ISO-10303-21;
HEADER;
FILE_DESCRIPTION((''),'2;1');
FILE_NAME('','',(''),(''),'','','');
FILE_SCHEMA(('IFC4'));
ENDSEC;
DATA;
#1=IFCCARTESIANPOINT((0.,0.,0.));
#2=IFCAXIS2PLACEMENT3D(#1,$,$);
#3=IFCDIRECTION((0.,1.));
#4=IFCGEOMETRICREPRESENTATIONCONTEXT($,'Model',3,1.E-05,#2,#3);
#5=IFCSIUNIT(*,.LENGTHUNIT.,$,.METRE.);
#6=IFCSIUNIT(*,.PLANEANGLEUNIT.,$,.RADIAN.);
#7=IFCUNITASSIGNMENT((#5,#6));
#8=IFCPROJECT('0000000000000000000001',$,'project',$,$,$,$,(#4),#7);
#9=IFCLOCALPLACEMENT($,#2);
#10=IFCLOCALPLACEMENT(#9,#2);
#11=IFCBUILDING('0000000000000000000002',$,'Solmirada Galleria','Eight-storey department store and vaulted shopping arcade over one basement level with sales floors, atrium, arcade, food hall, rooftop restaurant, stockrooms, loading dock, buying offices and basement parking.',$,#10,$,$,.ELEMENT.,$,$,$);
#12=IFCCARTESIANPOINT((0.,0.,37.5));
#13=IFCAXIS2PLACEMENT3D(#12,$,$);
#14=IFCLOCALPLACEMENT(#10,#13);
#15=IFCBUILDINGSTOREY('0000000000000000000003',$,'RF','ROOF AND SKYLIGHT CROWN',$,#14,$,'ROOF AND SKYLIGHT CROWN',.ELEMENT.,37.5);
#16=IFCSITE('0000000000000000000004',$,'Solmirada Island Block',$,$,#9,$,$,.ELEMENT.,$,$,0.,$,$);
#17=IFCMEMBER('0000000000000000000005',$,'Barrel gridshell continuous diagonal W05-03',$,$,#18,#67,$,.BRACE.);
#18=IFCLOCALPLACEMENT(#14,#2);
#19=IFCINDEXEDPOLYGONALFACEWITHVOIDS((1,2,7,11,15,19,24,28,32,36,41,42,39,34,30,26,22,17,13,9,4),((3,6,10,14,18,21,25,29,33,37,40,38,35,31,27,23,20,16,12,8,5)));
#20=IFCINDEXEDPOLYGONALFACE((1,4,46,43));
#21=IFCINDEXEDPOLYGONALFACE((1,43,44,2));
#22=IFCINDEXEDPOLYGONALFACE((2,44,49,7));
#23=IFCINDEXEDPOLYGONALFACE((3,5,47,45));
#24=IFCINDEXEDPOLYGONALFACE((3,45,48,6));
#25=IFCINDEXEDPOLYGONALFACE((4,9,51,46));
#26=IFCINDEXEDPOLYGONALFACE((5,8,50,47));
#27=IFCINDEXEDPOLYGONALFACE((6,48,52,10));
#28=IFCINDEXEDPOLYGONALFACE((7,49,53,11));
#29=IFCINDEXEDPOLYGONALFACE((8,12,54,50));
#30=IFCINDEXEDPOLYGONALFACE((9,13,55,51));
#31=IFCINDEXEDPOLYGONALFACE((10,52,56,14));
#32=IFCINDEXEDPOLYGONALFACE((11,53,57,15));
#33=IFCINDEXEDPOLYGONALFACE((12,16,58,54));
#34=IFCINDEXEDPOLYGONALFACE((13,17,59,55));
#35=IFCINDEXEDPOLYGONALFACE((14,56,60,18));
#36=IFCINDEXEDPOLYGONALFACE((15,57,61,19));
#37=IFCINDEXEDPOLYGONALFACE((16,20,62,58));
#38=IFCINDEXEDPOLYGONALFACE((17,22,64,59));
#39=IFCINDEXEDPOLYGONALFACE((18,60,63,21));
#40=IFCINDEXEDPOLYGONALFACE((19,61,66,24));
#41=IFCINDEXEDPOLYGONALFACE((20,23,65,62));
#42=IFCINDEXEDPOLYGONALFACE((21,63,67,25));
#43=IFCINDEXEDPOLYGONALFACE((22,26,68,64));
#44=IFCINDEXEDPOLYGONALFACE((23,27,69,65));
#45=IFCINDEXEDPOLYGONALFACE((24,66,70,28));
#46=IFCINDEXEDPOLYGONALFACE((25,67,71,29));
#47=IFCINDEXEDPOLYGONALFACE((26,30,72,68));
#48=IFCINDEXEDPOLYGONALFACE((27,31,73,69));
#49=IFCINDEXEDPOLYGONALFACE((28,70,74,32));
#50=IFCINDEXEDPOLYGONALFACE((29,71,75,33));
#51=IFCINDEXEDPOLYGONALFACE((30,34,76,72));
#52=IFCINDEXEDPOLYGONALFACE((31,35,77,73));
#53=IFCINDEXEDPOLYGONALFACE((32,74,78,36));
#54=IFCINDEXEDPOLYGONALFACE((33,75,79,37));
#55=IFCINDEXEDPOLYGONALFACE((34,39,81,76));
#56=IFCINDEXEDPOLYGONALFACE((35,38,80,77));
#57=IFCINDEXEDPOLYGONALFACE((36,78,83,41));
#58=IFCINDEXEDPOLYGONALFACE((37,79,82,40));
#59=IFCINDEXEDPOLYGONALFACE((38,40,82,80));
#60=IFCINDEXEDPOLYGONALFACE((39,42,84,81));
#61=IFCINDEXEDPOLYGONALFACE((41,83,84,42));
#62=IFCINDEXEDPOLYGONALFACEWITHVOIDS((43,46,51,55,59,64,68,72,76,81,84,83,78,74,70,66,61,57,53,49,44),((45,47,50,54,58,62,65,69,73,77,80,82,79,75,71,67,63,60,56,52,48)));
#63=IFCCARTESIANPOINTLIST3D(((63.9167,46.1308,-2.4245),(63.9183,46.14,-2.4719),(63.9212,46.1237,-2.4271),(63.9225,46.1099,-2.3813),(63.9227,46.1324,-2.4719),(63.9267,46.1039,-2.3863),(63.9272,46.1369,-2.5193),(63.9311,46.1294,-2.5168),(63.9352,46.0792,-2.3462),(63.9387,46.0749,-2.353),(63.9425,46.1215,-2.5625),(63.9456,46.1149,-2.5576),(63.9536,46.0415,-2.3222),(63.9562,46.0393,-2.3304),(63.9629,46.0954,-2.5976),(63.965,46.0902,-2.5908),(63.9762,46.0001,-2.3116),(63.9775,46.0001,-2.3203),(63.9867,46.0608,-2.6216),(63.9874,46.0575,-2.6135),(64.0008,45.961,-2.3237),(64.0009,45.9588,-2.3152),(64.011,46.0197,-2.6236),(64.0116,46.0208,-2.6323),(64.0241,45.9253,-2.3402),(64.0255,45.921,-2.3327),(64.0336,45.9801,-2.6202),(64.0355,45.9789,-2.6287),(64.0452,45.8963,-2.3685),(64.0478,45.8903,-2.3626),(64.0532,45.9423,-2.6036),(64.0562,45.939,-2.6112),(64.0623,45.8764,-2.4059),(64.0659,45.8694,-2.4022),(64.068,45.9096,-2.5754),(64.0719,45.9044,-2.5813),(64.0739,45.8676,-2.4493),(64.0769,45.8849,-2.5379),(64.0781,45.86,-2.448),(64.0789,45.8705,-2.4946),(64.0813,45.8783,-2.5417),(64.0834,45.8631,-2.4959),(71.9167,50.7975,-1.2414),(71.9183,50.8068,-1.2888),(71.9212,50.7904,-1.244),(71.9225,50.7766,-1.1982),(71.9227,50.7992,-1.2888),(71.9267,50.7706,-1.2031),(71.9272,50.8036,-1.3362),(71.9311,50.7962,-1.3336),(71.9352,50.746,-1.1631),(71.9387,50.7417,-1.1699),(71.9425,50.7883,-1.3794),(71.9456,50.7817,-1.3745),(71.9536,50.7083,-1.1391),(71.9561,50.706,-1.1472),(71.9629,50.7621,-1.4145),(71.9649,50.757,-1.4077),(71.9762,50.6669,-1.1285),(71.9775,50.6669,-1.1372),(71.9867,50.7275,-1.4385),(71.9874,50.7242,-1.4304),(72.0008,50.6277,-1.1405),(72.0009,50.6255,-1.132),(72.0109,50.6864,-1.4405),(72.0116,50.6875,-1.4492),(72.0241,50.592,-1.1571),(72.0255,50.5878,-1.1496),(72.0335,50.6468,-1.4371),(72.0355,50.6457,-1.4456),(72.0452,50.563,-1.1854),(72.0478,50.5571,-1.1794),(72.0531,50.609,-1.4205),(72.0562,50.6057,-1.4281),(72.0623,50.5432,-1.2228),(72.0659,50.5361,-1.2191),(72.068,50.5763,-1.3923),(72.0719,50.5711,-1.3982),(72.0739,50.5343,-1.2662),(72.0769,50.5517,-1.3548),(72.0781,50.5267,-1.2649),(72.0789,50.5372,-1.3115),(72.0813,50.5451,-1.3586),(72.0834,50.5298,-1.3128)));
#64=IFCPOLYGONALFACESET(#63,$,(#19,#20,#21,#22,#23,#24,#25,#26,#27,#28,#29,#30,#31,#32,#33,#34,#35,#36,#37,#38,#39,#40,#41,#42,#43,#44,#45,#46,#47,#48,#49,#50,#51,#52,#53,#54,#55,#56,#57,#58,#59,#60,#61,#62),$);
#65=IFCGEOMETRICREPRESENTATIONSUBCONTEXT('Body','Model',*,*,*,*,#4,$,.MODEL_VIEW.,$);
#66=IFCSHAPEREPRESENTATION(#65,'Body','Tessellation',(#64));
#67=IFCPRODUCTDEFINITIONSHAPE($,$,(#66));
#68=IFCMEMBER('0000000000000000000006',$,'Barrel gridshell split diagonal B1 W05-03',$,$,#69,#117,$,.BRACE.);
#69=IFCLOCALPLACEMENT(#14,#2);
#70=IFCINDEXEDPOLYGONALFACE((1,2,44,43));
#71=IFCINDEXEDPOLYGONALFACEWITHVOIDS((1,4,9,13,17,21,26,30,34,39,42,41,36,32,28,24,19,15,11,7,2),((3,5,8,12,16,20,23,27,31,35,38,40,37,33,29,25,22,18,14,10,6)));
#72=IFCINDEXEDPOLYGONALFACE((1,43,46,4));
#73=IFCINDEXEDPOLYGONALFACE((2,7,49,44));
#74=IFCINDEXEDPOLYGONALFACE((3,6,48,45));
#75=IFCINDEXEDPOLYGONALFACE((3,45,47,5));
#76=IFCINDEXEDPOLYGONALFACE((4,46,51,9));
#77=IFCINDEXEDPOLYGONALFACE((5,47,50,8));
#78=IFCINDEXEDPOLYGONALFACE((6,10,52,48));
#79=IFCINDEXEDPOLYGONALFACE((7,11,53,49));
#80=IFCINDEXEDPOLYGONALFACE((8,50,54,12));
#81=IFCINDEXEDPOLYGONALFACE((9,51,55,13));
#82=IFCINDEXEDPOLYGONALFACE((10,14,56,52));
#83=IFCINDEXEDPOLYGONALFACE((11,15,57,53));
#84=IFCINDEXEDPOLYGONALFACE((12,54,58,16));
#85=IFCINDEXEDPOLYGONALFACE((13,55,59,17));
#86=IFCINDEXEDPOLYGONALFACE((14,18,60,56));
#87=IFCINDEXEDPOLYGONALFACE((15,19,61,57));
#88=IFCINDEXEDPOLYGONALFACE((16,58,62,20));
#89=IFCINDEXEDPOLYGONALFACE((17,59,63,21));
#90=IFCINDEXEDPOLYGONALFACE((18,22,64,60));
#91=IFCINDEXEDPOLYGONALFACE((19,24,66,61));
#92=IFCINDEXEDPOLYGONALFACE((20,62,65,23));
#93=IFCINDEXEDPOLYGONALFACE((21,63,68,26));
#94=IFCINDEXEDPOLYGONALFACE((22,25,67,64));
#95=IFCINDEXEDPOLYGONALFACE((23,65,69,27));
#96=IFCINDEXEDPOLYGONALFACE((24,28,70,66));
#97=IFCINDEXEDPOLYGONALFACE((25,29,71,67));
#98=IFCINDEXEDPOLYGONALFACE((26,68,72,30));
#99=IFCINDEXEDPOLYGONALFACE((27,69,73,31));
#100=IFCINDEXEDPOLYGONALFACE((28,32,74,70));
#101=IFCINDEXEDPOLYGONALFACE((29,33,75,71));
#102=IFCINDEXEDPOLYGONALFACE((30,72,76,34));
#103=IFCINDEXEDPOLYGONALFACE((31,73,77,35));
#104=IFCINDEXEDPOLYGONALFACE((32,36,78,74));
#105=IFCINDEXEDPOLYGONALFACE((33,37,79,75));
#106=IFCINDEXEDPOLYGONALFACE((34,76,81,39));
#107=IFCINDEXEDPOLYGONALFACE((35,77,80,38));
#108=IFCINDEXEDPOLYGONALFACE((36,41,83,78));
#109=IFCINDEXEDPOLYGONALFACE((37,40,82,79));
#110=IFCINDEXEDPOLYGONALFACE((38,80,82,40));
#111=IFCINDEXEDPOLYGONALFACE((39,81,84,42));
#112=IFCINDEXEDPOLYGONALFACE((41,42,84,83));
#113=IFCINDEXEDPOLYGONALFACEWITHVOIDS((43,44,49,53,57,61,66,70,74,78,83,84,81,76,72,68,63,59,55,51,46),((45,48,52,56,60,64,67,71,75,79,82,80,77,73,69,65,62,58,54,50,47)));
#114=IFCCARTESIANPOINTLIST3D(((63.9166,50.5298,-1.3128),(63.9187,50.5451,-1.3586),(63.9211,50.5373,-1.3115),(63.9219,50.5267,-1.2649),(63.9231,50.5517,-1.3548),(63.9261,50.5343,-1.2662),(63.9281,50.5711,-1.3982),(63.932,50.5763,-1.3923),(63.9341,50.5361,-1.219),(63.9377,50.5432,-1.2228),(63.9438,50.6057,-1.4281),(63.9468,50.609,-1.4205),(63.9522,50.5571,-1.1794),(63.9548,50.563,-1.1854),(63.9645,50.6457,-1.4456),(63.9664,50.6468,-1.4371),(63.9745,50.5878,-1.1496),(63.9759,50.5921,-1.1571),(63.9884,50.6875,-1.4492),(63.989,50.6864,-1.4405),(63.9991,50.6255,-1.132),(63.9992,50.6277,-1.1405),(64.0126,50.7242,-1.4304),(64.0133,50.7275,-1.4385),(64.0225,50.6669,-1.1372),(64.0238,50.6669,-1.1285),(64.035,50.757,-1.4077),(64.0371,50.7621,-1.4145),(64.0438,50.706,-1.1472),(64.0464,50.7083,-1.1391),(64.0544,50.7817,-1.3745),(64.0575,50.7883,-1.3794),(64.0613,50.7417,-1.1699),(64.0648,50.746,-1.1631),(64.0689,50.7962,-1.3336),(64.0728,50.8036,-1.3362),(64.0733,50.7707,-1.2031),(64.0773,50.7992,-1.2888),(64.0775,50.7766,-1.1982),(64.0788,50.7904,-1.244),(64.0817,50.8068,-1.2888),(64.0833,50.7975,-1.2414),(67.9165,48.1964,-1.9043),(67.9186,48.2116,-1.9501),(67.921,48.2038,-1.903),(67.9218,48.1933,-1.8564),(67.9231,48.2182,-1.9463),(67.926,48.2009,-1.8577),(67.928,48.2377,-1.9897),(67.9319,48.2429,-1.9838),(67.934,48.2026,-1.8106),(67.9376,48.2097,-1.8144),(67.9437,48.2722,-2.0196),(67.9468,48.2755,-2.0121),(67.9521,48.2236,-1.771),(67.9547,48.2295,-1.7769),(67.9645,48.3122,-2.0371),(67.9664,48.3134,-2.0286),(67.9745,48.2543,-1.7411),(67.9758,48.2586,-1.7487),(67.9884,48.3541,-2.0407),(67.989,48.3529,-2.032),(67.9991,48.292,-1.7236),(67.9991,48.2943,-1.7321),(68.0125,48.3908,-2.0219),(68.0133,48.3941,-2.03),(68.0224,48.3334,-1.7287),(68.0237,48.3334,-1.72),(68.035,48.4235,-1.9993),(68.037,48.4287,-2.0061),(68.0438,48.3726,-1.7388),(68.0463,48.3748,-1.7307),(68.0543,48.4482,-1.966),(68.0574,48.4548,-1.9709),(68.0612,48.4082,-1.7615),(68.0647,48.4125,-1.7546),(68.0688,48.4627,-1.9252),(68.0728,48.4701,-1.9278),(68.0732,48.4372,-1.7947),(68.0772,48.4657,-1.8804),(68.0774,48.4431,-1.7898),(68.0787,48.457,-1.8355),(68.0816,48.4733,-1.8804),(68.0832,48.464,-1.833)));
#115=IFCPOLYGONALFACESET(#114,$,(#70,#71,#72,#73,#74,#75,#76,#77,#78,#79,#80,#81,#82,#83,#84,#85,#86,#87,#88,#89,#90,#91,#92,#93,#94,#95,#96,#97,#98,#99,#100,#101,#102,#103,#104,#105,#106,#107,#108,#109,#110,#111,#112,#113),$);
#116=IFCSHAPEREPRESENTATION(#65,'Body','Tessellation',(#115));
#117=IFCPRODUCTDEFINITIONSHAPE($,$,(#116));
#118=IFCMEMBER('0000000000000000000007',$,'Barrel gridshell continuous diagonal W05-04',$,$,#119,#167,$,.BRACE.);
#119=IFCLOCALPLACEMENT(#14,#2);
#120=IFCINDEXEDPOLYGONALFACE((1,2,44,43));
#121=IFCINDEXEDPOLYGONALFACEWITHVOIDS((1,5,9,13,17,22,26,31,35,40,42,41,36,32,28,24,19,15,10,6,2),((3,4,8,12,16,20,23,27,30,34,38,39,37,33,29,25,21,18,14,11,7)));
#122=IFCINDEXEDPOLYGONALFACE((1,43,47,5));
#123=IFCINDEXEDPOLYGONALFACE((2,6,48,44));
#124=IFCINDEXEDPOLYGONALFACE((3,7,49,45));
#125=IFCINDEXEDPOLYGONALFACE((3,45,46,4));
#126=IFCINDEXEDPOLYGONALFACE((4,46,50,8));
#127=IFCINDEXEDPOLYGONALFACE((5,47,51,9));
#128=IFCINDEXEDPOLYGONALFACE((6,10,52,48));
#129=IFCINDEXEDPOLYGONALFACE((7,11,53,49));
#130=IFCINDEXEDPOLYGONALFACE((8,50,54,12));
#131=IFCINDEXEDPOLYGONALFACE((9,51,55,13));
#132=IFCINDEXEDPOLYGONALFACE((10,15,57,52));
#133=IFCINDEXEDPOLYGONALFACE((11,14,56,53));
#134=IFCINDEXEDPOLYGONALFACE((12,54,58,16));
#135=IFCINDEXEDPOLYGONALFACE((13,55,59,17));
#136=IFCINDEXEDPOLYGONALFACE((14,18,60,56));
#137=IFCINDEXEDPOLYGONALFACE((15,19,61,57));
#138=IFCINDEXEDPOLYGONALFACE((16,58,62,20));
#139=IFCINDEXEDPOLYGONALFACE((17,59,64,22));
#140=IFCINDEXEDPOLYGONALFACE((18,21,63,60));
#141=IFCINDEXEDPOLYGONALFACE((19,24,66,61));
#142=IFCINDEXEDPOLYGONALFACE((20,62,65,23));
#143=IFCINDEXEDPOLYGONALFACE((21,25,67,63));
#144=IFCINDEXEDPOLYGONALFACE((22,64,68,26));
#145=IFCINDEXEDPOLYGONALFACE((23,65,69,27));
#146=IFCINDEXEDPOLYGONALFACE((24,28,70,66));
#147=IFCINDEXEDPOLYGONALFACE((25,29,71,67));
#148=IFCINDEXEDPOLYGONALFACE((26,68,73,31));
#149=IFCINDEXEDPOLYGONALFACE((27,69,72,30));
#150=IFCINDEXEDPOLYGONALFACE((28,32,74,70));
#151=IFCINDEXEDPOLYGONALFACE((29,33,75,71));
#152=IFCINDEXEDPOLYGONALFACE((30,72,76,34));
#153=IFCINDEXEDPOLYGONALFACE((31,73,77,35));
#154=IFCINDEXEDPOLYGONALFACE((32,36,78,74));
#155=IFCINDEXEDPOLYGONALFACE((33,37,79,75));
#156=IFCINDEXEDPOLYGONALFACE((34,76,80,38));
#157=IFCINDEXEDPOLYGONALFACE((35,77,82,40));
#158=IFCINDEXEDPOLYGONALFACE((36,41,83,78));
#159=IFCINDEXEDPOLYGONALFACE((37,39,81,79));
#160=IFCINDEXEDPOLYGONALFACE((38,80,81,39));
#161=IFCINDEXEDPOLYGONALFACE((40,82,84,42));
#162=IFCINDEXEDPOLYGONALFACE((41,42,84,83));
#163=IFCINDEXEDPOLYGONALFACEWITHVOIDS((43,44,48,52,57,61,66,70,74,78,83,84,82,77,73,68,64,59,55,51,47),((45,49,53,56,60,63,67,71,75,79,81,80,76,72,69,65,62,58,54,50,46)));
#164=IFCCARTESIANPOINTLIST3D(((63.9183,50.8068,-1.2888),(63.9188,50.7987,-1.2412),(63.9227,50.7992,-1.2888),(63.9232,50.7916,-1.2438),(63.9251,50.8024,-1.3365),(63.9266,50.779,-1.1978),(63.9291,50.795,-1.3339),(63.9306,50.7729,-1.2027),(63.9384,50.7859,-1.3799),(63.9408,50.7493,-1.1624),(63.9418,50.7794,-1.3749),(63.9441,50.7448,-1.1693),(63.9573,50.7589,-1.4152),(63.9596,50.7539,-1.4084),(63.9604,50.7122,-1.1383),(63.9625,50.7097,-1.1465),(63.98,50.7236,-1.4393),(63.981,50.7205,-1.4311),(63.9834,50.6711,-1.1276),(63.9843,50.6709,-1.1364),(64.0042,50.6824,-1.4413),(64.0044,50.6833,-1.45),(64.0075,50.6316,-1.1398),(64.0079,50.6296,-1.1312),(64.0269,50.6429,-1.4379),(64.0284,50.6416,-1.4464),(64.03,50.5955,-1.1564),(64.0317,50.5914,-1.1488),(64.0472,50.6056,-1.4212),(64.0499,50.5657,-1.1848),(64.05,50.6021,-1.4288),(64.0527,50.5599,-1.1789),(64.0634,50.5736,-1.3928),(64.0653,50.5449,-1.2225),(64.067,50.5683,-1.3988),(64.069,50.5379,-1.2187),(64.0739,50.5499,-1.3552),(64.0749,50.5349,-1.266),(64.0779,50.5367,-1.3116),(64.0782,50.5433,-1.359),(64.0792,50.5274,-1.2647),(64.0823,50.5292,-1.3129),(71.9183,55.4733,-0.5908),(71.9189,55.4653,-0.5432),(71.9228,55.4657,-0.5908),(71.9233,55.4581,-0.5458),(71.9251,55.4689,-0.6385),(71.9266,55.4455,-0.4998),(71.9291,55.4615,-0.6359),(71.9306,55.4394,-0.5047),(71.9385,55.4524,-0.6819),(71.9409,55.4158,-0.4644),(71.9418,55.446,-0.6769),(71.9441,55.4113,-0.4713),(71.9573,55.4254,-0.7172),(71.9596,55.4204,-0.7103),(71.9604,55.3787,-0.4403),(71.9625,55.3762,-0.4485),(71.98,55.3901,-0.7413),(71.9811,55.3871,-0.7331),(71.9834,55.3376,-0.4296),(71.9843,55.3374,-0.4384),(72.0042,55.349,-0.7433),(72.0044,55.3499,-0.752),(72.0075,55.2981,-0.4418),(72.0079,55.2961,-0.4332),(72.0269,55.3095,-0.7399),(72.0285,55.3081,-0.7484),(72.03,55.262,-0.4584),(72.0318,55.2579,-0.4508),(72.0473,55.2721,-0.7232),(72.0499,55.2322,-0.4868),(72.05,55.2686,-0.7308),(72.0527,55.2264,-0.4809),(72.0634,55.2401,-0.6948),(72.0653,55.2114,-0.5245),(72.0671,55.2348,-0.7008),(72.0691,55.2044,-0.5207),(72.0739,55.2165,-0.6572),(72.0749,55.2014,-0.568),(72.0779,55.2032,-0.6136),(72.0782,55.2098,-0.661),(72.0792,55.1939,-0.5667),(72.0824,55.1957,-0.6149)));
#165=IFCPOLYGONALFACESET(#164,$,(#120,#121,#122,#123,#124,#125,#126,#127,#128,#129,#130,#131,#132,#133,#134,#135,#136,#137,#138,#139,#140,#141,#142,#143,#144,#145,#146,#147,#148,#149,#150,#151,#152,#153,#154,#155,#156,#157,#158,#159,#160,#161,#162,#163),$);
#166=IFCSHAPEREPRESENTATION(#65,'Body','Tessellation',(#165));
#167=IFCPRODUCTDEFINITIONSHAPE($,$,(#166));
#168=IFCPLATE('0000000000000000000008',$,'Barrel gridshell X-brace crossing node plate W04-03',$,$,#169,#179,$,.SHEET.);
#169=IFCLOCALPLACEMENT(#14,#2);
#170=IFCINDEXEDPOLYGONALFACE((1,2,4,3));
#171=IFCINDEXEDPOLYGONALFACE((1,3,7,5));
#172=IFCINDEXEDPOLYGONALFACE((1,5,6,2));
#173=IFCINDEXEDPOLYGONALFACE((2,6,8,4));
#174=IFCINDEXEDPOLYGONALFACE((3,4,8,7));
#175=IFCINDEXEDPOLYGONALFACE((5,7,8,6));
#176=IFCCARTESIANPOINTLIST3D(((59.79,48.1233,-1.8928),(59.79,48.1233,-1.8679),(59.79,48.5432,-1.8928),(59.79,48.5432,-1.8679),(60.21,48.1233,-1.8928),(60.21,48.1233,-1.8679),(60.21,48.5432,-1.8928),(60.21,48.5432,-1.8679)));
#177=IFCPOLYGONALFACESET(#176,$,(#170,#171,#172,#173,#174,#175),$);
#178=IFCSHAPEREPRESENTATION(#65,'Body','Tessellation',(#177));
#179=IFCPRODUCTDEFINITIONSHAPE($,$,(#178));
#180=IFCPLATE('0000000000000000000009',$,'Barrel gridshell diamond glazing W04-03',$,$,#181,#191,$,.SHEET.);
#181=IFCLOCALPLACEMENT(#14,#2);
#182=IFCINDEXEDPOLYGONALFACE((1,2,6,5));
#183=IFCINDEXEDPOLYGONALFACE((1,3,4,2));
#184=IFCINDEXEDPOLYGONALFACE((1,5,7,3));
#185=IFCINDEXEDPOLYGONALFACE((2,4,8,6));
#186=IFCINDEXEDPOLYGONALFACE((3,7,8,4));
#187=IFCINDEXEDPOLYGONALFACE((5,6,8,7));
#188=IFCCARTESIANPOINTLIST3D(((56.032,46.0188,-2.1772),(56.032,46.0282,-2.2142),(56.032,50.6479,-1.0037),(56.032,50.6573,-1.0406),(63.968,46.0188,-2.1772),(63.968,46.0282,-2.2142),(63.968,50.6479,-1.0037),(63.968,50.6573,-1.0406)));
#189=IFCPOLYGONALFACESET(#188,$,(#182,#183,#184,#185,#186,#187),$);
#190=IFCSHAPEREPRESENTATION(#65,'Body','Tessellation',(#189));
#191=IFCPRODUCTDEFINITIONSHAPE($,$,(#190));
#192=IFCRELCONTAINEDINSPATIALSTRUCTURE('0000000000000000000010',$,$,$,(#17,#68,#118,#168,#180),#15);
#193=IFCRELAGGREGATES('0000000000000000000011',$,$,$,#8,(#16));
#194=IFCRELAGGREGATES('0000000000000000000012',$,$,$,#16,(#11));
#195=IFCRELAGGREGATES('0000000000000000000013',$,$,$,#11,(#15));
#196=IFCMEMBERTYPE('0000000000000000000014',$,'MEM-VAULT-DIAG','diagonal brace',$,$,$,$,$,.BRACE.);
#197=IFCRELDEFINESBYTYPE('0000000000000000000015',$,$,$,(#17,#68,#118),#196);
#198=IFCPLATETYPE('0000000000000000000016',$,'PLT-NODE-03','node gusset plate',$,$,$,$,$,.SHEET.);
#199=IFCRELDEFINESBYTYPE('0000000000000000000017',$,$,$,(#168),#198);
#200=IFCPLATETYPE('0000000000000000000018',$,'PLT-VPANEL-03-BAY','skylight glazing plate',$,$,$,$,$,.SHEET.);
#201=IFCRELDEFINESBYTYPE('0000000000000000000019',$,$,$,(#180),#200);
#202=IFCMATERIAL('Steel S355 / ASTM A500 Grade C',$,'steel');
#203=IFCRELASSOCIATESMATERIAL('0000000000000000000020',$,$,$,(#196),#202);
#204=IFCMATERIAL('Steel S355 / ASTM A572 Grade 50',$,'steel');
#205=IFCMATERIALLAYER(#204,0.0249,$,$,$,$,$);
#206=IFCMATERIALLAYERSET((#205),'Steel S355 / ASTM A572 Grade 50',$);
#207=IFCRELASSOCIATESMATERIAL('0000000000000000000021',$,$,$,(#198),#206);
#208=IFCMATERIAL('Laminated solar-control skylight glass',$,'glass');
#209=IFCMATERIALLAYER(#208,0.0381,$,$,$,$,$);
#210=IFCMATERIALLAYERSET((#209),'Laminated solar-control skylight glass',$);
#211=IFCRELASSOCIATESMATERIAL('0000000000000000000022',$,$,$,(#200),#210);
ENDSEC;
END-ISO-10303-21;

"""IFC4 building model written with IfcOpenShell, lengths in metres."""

from ifc_helpers import new_model, si_unit, direction, frame, origin, origin_2d, place, context, subcontext, project, spatial, polyline, rectangle, hollow_circle, outline, extrude, material, layer, layer_set, material_profile, profile_set, type_object, element, save


model = new_model("IFC4")

# Units and contexts
model_context = context("Model", 3, precision=1e-05, world=origin(), true_north=direction((0.0, 1.0)))
body_context = subcontext(model_context, "Body", "Model", "MODEL_VIEW")
ifc_project = project(units=[si_unit("LENGTHUNIT", "METRE"), si_unit("PLANEANGLEUNIT", "RADIAN")], contexts=[model_context])

# Site, building, storey
site_placement = place(None, origin())
site = spatial("IfcSite", under=ifc_project, at=site_placement, Name="Solmirada Island Block", CompositionType="ELEMENT", RefElevation=0.0)
building_placement = place(site_placement, origin())
building = spatial("IfcBuilding", under=site, at=building_placement, Name="Solmirada Galleria", Description="Eight-storey department store and vaulted shopping arcade over one basement level with sales floors, atrium, arcade, food hall, rooftop restaurant, stockrooms, loading dock, buying offices and basement parking.", CompositionType="ELEMENT")
storey_placement = place(building_placement, frame((0.0, 0.0, 37.5)))
storey = spatial("IfcBuildingStorey", under=building, at=storey_placement, Name="RF", Description="ROOF AND SKYLIGHT CROWN", LongName="ROOF AND SKYLIGHT CROWN", CompositionType="ELEMENT", Elevation=37.5)

# Members
ifc_material_1 = material(Name="Steel S355 / ASTM A500 Grade C", Category="steel")
ifc_material_profile_1 = material_profile(ifc_material_1, hollow_circle(Radius=0.1621, WallThickness=0.0088, at=origin_2d()), Name="HSS12.750X0.375")
ifc_profile_set_1 = profile_set([ifc_material_profile_1], Name="Steel S355 / ASTM A500 Grade C")
member_type_1 = type_object("IfcMemberType", Name="MEM-VAULT-DIAG", Description="diagonal brace", PredefinedType="BRACE", material=ifc_profile_set_1)
member_1_placement = place(storey_placement, frame((64.0, 46.0, -2.4719), z_axis=(0.856813, 0.499816, 0.126712), x_axis=(-0.503878, 0.863775, 0.0)))
element("IfcMember", 1, at=member_1_placement, inside=storey, type_object=member_type_1, Name="Barrel gridshell continuous diagonal W05-03", PredefinedType="BRACE", context=body_context, shape_type="SweptSolid", body=[
    extrude(hollow_circle(Radius=0.1621, WallThickness=0.0088, at=origin_2d()), origin(), (0.0, 0.0, 1.0), 9.3369),
])
member_2_placement = place(storey_placement, frame((64.0, 50.6667, -1.2888), z_axis=(0.856801, -0.499836, -0.126711), x_axis=(0.503897, 0.863764, 0.0)))
element("IfcMember", 2, at=member_2_placement, inside=storey, type_object=member_type_1, Name="Barrel gridshell split diagonal B1 W05-03", PredefinedType="BRACE", context=body_context, shape_type="SweptSolid", body=[
    extrude(hollow_circle(Radius=0.1621, WallThickness=0.0088, at=origin_2d()), origin(), (0.0, 0.0, 1.0), 4.6685),
])
member_3_placement = place(storey_placement, frame((64.0, 50.6667, -1.2888), z_axis=(0.861344, 0.502433, 0.075152), x_axis=(-0.503858, 0.863787, 0.0)))
element("IfcMember", 3, at=member_3_placement, inside=storey, type_object=member_type_1, Name="Barrel gridshell continuous diagonal W05-04", PredefinedType="BRACE", context=body_context, shape_type="SweptSolid", body=[
    extrude(hollow_circle(Radius=0.1621, WallThickness=0.0088, at=origin_2d()), origin(), (0.0, 0.0, 1.0), 9.2878),
])

# Plates
ifc_material_2 = material(Name="Steel S355 / ASTM A572 Grade 50", Category="steel")
ifc_layer_1 = layer(ifc_material_2, 0.0249)
ifc_layer_set_1 = layer_set([ifc_layer_1], Name="Steel S355 / ASTM A572 Grade 50")
plate_type_1 = type_object("IfcPlateType", Name="PLT-NODE-03", Description="node gusset plate", PredefinedType="SHEET", material=ifc_layer_set_1)
plate_placement = place(storey_placement, frame((60.0, 48.3333, -1.8928), z_axis=(0.0, 0.0, 1.0), x_axis=(1.0, 0.0, 0.0)))
element("IfcPlate", 4, at=plate_placement, inside=storey, type_object=plate_type_1, Name="Barrel gridshell X-brace crossing node plate W04-03", PredefinedType="SHEET", context=body_context, shape_type="SweptSolid", body=[
    extrude(rectangle(XDim=0.4199, YDim=0.4199, at=origin_2d()), origin(), (0.0, 0.0, 1.0), 0.0249),
])
ifc_material_3 = material(Name="Laminated solar-control skylight glass", Category="glass")
ifc_layer_2 = layer(ifc_material_3, 0.0381)
ifc_layer_set_2 = layer_set([ifc_layer_2], Name="Laminated solar-control skylight glass")
plate_type_2 = type_object("IfcPlateType", Name="PLT-VPANEL-03-BAY", Description="skylight glazing plate", PredefinedType="SHEET", material=ifc_layer_set_2)
for number, where, z_axis, x_axis, name in (
    (5, (56.032, 46.0188, -2.1772), (0.0, -0.245746, 0.969334), (1.0, 0.0, 0.0), "Barrel gridshell diamond glazing W04-03"),
):
    element("IfcPlate", number, at=place(storey_placement, frame(where, z_axis=z_axis, x_axis=x_axis)), inside=storey, type_object=plate_type_2, Name=name, PredefinedType="SHEET", context=body_context, shape_type="SweptSolid", body=[
        extrude(outline(polyline([(0.0, 0.0), (7.936, 0.0), (7.936, 4.7756), (0.0, 4.7756), (0.0, 0.0)])), origin(), (0.0, 0.0, -1.0), 0.0381),
    ])

save(model, "model.ifc")
